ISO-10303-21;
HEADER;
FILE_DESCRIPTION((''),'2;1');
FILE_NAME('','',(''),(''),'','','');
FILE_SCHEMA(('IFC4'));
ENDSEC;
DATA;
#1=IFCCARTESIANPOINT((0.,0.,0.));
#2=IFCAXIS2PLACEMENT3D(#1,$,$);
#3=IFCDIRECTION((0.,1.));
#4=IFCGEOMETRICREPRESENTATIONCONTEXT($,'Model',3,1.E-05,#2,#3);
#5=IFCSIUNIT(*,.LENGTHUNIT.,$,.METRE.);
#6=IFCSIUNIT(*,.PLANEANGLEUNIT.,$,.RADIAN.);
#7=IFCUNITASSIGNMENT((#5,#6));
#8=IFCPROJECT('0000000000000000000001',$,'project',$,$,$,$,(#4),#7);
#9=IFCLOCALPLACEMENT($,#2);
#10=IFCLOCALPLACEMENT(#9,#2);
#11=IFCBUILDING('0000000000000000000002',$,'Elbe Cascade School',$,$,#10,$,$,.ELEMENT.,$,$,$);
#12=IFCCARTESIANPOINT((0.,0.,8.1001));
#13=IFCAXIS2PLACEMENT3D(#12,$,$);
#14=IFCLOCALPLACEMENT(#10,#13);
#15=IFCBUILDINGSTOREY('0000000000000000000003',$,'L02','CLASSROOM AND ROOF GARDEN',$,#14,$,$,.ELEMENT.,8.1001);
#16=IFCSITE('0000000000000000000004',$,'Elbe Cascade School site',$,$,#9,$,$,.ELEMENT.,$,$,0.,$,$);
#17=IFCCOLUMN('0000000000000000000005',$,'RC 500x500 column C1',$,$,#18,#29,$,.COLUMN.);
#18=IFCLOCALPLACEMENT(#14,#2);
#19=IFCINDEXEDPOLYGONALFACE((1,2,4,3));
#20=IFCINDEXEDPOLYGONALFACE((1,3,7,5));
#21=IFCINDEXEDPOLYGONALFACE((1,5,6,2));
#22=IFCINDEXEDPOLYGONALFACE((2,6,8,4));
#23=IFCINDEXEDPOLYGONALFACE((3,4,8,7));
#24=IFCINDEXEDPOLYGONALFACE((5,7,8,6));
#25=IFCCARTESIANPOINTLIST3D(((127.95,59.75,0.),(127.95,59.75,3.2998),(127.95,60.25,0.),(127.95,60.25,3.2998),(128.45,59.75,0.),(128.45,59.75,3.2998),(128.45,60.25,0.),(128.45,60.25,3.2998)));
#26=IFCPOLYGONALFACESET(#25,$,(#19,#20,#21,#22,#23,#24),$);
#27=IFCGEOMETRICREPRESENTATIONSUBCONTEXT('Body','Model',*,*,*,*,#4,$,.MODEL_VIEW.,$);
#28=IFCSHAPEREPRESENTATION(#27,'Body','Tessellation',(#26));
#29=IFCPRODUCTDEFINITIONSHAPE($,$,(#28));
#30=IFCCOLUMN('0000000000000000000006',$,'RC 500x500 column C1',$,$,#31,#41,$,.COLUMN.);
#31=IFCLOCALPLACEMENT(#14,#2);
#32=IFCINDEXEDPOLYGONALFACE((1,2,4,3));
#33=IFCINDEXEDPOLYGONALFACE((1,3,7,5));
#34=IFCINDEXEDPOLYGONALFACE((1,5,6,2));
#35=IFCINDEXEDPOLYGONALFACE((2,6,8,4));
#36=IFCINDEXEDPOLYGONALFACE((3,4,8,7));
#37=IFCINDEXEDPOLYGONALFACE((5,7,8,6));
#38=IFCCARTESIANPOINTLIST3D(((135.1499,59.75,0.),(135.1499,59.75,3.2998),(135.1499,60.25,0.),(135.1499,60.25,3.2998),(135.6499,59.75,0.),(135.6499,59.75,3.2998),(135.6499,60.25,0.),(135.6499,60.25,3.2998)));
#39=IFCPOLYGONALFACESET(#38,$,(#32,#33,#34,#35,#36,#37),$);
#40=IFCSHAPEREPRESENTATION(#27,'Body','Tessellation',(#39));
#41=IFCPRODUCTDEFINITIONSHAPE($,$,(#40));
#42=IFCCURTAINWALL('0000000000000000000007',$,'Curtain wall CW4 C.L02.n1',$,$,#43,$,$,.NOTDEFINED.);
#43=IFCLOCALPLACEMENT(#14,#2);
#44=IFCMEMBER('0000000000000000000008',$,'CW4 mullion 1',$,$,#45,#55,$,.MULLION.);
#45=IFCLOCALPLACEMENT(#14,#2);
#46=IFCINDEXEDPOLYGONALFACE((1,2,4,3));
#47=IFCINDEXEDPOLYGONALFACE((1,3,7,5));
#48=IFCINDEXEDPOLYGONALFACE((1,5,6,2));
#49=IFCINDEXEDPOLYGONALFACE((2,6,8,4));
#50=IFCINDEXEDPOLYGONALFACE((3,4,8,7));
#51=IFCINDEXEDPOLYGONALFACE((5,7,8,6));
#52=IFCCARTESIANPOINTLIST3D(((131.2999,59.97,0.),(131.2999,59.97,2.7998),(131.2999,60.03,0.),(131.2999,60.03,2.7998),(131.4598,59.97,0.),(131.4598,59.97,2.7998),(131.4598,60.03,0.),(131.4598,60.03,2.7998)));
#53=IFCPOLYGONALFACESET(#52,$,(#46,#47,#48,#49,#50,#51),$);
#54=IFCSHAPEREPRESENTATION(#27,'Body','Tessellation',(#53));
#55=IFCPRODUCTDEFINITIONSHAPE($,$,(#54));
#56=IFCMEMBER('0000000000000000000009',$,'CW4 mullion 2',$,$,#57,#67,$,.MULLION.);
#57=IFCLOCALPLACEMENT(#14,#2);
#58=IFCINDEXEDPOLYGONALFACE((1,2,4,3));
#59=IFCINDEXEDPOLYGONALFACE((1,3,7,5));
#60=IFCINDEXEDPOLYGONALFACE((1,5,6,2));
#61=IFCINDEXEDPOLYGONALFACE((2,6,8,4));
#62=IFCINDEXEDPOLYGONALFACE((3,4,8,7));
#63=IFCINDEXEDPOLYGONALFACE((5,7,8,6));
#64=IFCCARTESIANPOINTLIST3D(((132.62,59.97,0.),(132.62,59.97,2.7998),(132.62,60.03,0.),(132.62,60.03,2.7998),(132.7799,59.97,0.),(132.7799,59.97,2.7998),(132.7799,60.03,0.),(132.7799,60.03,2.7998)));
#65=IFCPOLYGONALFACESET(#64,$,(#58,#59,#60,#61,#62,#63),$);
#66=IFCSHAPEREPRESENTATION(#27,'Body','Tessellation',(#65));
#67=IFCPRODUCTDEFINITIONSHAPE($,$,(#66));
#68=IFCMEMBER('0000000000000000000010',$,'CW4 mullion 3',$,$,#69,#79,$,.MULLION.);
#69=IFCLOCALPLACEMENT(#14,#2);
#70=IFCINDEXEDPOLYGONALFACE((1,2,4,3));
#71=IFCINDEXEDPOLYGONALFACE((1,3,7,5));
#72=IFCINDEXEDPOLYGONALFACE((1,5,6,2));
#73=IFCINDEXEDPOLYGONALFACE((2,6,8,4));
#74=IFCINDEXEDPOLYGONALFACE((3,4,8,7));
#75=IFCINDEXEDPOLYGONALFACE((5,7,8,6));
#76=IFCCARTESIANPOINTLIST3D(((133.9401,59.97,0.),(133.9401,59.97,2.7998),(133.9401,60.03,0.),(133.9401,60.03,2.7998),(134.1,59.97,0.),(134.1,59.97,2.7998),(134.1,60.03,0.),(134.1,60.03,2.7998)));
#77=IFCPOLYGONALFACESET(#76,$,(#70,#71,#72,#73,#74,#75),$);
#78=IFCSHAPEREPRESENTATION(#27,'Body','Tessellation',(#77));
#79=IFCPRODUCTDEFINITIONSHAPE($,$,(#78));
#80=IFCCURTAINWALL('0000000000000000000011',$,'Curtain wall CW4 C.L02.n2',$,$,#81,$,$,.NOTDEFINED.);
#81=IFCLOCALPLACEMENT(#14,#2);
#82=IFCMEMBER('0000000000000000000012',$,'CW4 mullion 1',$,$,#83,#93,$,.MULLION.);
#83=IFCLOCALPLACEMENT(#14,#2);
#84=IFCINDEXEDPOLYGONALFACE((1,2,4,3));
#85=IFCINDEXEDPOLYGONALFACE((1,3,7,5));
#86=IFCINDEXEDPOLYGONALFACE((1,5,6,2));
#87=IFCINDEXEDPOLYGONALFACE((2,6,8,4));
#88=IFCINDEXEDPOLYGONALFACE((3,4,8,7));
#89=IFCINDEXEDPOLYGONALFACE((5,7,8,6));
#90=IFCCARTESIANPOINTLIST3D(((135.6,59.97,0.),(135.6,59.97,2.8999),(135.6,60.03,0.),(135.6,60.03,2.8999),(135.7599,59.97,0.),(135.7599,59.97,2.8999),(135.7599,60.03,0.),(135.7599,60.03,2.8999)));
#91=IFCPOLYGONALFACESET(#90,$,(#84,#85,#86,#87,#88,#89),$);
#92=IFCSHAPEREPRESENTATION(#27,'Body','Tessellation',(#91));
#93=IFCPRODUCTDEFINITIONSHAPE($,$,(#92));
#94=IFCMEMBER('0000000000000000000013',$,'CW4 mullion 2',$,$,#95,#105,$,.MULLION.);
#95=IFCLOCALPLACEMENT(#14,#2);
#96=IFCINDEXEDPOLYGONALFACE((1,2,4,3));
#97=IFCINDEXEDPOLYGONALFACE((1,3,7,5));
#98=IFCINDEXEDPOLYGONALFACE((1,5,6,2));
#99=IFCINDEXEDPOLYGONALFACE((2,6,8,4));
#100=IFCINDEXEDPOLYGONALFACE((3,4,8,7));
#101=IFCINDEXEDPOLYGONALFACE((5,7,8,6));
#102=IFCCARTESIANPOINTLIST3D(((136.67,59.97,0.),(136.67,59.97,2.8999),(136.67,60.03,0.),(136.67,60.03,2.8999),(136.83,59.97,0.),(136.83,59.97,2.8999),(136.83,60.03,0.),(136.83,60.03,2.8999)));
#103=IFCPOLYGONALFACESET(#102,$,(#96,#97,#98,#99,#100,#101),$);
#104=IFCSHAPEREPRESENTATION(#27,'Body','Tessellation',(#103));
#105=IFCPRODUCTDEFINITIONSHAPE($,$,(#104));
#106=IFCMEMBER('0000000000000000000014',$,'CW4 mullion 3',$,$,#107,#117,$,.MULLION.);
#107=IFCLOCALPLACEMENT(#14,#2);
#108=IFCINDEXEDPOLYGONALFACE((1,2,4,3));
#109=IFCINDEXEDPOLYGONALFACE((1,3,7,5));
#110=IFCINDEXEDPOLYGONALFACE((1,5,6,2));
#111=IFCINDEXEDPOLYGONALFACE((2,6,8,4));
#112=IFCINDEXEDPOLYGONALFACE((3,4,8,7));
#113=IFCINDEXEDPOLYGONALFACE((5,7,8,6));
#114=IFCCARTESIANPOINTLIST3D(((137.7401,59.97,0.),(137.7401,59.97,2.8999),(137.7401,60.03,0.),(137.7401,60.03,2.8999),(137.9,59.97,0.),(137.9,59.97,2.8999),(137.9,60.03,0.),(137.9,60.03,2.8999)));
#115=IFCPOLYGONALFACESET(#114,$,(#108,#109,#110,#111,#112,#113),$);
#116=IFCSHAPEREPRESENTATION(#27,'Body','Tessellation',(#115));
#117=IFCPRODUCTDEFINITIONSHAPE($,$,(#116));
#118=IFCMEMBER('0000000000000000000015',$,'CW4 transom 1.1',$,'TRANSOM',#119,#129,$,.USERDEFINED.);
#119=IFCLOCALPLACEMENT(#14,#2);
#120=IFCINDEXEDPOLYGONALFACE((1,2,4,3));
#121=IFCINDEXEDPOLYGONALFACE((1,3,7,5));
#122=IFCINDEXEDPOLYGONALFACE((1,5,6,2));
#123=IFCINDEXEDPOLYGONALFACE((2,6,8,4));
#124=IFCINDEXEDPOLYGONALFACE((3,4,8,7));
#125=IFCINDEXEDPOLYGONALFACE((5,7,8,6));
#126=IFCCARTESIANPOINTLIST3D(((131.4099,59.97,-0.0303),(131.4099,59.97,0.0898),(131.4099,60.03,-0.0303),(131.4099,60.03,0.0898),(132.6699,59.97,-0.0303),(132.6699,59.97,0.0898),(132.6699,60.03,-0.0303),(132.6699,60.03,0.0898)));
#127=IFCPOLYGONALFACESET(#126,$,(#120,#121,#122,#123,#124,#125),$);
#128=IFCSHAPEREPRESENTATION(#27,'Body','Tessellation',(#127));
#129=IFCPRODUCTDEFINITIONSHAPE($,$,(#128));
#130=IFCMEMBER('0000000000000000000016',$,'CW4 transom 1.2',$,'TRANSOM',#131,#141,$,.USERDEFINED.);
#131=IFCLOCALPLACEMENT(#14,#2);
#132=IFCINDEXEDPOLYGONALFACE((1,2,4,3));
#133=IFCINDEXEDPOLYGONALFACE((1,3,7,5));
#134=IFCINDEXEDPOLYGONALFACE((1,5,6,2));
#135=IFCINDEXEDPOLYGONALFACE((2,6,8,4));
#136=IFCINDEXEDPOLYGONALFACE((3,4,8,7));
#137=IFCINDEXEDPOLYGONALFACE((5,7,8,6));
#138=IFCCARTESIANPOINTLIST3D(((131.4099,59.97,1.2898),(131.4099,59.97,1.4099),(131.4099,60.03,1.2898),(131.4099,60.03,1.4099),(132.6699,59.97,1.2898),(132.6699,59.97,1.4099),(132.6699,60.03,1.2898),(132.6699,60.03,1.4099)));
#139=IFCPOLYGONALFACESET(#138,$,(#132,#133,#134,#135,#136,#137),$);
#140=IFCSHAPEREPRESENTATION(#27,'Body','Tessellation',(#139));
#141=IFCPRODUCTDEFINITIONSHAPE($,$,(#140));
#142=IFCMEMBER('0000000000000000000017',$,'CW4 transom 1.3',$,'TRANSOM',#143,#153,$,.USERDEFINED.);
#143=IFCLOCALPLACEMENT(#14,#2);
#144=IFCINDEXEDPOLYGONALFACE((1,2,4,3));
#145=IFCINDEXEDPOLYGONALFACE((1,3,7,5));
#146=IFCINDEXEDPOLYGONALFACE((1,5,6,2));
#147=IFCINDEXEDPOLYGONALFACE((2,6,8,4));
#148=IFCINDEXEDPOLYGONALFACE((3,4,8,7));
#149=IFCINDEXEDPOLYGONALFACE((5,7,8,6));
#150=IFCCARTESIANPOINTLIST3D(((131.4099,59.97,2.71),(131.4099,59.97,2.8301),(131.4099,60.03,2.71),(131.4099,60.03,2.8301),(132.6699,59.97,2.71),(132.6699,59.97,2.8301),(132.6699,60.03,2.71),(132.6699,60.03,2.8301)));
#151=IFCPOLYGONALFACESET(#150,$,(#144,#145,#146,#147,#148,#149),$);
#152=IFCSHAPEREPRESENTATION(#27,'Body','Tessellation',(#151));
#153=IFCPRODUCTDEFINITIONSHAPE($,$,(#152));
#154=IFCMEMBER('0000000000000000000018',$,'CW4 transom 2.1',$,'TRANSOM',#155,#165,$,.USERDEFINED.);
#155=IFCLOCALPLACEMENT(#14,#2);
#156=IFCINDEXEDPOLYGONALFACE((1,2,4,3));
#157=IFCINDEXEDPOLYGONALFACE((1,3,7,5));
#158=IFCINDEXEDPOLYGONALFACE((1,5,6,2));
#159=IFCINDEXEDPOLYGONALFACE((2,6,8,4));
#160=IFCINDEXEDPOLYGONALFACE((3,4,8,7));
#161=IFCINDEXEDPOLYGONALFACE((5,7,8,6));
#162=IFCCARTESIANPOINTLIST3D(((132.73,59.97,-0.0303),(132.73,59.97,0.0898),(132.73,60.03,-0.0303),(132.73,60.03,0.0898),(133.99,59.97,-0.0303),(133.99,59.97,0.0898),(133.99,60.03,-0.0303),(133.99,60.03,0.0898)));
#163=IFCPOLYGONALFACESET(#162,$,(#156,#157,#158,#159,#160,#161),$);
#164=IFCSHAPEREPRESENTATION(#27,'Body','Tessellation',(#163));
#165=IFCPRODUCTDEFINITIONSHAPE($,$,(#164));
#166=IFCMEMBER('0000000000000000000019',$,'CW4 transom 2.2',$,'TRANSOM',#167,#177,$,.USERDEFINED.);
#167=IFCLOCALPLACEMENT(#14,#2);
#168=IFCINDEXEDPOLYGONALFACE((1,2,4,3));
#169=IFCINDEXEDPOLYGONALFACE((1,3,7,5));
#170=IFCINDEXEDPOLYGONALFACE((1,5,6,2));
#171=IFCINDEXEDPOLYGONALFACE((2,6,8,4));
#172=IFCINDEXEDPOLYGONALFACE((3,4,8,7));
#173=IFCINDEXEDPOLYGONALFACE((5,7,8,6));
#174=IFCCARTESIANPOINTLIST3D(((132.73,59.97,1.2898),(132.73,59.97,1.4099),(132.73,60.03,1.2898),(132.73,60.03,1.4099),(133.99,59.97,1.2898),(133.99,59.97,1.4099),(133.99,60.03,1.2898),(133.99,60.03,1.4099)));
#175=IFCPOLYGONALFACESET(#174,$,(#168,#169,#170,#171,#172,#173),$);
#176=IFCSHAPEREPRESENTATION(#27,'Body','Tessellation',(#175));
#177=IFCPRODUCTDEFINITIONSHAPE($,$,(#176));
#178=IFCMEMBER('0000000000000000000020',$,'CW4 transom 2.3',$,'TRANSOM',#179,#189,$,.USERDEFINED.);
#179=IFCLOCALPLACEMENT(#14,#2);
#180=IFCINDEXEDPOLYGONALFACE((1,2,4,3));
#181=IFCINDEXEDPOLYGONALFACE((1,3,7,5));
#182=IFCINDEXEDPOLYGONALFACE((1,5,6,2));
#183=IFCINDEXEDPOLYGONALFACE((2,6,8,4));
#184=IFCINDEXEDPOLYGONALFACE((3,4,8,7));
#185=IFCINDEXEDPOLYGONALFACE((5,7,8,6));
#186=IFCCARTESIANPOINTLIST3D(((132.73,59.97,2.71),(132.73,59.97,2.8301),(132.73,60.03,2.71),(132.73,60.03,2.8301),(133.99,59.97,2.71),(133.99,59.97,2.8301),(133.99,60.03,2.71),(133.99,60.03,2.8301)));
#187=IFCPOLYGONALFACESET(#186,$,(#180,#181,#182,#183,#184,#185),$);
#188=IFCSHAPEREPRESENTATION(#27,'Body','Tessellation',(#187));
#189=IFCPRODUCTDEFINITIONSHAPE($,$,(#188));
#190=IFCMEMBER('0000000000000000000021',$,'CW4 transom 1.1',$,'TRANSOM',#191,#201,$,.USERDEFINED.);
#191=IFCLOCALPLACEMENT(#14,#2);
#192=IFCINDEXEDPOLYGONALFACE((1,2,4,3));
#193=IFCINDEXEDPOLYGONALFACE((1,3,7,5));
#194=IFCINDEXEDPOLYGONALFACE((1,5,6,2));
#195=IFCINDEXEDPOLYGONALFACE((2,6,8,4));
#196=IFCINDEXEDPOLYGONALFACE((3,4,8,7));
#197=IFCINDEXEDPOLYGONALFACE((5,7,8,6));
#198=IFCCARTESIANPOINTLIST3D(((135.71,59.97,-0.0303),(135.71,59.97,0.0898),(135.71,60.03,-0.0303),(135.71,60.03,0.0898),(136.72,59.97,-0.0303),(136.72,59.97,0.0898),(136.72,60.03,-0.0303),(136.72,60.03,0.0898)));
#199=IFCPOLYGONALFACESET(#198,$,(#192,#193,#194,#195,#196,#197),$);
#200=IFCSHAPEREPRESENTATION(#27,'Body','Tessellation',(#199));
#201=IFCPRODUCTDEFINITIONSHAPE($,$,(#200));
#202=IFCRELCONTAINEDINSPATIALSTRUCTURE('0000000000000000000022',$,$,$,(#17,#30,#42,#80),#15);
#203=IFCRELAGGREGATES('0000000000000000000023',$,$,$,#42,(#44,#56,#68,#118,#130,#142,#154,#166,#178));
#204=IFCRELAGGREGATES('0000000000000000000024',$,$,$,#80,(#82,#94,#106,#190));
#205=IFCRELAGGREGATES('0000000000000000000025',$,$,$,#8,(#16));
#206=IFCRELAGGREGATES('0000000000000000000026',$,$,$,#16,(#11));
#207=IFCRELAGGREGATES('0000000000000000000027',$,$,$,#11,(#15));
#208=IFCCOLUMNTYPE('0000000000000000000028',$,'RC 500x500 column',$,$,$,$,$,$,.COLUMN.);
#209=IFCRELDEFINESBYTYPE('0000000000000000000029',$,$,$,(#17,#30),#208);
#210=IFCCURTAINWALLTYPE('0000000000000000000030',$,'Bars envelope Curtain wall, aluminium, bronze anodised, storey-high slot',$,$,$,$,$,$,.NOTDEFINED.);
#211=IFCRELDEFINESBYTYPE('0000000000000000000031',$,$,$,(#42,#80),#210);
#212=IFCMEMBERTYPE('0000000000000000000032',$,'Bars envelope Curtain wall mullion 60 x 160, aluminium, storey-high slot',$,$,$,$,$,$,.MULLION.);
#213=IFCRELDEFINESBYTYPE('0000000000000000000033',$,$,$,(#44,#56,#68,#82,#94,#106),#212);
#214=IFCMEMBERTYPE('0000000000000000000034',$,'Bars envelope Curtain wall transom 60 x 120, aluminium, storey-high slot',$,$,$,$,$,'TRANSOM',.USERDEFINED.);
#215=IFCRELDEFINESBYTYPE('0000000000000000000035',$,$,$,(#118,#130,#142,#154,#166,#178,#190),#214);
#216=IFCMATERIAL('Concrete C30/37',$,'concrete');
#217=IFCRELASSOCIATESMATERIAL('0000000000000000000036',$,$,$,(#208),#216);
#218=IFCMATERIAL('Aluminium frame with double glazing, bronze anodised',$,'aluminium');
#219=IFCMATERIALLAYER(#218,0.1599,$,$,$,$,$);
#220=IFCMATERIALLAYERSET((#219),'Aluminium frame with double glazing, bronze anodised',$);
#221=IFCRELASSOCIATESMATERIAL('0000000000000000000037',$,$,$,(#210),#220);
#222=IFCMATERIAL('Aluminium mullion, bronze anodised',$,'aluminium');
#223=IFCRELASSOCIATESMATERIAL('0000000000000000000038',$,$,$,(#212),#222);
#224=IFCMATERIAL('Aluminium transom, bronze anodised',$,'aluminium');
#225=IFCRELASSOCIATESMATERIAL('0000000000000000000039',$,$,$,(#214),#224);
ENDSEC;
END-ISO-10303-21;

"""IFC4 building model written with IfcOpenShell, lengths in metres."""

from ifc_helpers import new_model, si_unit, direction, frame, origin, origin_2d, place, context, subcontext, project, spatial, rectangle, extrude, material, layer, layer_set, material_profile, profile_set, type_object, element, aggregate, save


model = new_model("IFC4")

# Units and contexts
model_context = context("Model", 3, precision=1e-05, world=origin(), true_north=direction((0.0, 1.0)))
body_context = subcontext(model_context, "Body", "Model", "MODEL_VIEW")
ifc_project = project(units=[si_unit("LENGTHUNIT", "METRE"), si_unit("PLANEANGLEUNIT", "RADIAN")], contexts=[model_context])

# Site, building, storey
site_placement = place(None, origin())
site = spatial("IfcSite", under=ifc_project, at=site_placement, Name="Elbe Cascade School site", CompositionType="ELEMENT", RefElevation=0.0)
building_placement = place(site_placement, origin())
building = spatial("IfcBuilding", under=site, at=building_placement, Name="Elbe Cascade School", CompositionType="ELEMENT")
storey_placement = place(building_placement, frame((0.0, 0.0, 8.1001)))
storey = spatial("IfcBuildingStorey", under=building, at=storey_placement, Name="L02", Description="CLASSROOM AND ROOF GARDEN", CompositionType="ELEMENT", Elevation=8.1001)

# Columns
ifc_material_1 = material(Name="Concrete C30/37", Category="concrete")
ifc_material_profile_1 = material_profile(ifc_material_1, rectangle(XDim=0.5, YDim=0.5, at=origin_2d()), Name="RC 500x500")
ifc_profile_set_1 = profile_set([ifc_material_profile_1], Name="Concrete C30/37")
column_type = type_object("IfcColumnType", Name="RC 500x500 column", PredefinedType="COLUMN", material=ifc_profile_set_1)
for number, where, z_axis, x_axis, name in (
    (1, (128.2, 60.0, 0.0), (0.0, 0.0, 1.0), (1.0, 0.0, 0.0), "RC 500x500 column C1"),
    (2, (135.3999, 60.0, 0.0), (0.0, 0.0, 1.0), (1.0, 0.0, 0.0), "RC 500x500 column C1"),
):
    element("IfcColumn", number, at=place(storey_placement, frame(where, z_axis=z_axis, x_axis=x_axis)), inside=storey, type_object=column_type, Name=name, PredefinedType="COLUMN", context=body_context, shape_type="SweptSolid", body=[
        extrude(rectangle(XDim=0.5, YDim=0.5, at=origin_2d()), origin(), (0.0, 0.0, 1.0), 3.2998),
    ])

# Curtain walls, members
ifc_material_2 = material(Name="Aluminium frame with double glazing, bronze anodised", Category="aluminium")
ifc_layer_1 = layer(ifc_material_2, 0.1599)
ifc_layer_set_1 = layer_set([ifc_layer_1], Name="Aluminium frame with double glazing, bronze anodised")
curtain_wall_type = type_object("IfcCurtainWallType", Name="Bars envelope Curtain wall, aluminium, bronze anodised, storey-high slot", PredefinedType="NOTDEFINED", material=ifc_layer_set_1)
curtain_wall_1_placement = place(storey_placement, origin())
curtain_wall_1 = element("IfcCurtainWall", 3, at=curtain_wall_1_placement, inside=storey, type_object=curtain_wall_type, Name="Curtain wall CW4 C.L02.n1", PredefinedType="NOTDEFINED")
ifc_material_3 = material(Name="Aluminium mullion, bronze anodised", Category="aluminium")
ifc_material_profile_2 = material_profile(ifc_material_3, rectangle(XDim=0.0601, YDim=0.1599, at=origin_2d()), Name="Bars envelope Curtain wall mullion 60 x 160, aluminium, storey-high slot")
ifc_profile_set_2 = profile_set([ifc_material_profile_2], Name="Aluminium mullion, bronze anodised")
member_type_1 = type_object("IfcMemberType", Name="Bars envelope Curtain wall mullion 60 x 160, aluminium, storey-high slot", PredefinedType="MULLION", material=ifc_profile_set_2)
member_1_placement = place(storey_placement, frame((131.3799, 60.0, 0.0), z_axis=(0.0, 0.0, 1.0), x_axis=(0.0, 1.0, 0.0)))
member_1 = element("IfcMember", 4, at=member_1_placement, type_object=member_type_1, Name="CW4 mullion 1", PredefinedType="MULLION", context=body_context, shape_type="SweptSolid", body=[
    extrude(rectangle(XDim=0.0601, YDim=0.1599, at=origin_2d()), origin(), (0.0, 0.0, 1.0), 2.7998),
])
member_2_placement = place(storey_placement, frame((132.7, 60.0, 0.0), z_axis=(0.0, 0.0, 1.0), x_axis=(0.0, 1.0, 0.0)))
member_2 = element("IfcMember", 5, at=member_2_placement, type_object=member_type_1, Name="CW4 mullion 2", PredefinedType="MULLION", context=body_context, shape_type="SweptSolid", body=[
    extrude(rectangle(XDim=0.0601, YDim=0.1599, at=origin_2d()), origin(), (0.0, 0.0, 1.0), 2.7998),
])
member_3_placement = place(storey_placement, frame((134.02, 60.0, 0.0), z_axis=(0.0, 0.0, 1.0), x_axis=(0.0, 1.0, 0.0)))
member_3 = element("IfcMember", 6, at=member_3_placement, type_object=member_type_1, Name="CW4 mullion 3", PredefinedType="MULLION", context=body_context, shape_type="SweptSolid", body=[
    extrude(rectangle(XDim=0.0601, YDim=0.1599, at=origin_2d()), origin(), (0.0, 0.0, 1.0), 2.7998),
])
curtain_wall_2_placement = place(storey_placement, origin())
curtain_wall_2 = element("IfcCurtainWall", 7, at=curtain_wall_2_placement, inside=storey, type_object=curtain_wall_type, Name="Curtain wall CW4 C.L02.n2", PredefinedType="NOTDEFINED")
member_4_placement = place(storey_placement, frame((135.6799, 60.0, 0.0), z_axis=(0.0, 0.0, 1.0), x_axis=(0.0, 1.0, 0.0)))
member_4 = element("IfcMember", 8, at=member_4_placement, type_object=member_type_1, Name="CW4 mullion 1", PredefinedType="MULLION", context=body_context, shape_type="SweptSolid", body=[
    extrude(rectangle(XDim=0.0601, YDim=0.1599, at=origin_2d()), origin(), (0.0, 0.0, 1.0), 2.8999),
])
member_5_placement = place(storey_placement, frame((136.75, 60.0, 0.0), z_axis=(0.0, 0.0, 1.0), x_axis=(0.0, 1.0, 0.0)))
member_5 = element("IfcMember", 9, at=member_5_placement, type_object=member_type_1, Name="CW4 mullion 2", PredefinedType="MULLION", context=body_context, shape_type="SweptSolid", body=[
    extrude(rectangle(XDim=0.0601, YDim=0.1599, at=origin_2d()), origin(), (0.0, 0.0, 1.0), 2.8999),
])
member_6_placement = place(storey_placement, frame((137.8201, 60.0, 0.0), z_axis=(0.0, 0.0, 1.0), x_axis=(0.0, 1.0, 0.0)))
member_6 = element("IfcMember", 10, at=member_6_placement, type_object=member_type_1, Name="CW4 mullion 3", PredefinedType="MULLION", context=body_context, shape_type="SweptSolid", body=[
    extrude(rectangle(XDim=0.0601, YDim=0.1599, at=origin_2d()), origin(), (0.0, 0.0, 1.0), 2.8999),
])

# Members
ifc_material_4 = material(Name="Aluminium transom, bronze anodised", Category="aluminium")
ifc_material_profile_3 = material_profile(ifc_material_4, rectangle(XDim=0.0601, YDim=0.1201, at=origin_2d()), Name="Bars envelope Curtain wall transom 60 x 120, aluminium, storey-high slot")
ifc_profile_set_3 = profile_set([ifc_material_profile_3], Name="Aluminium transom, bronze anodised")
member_type_2 = type_object("IfcMemberType", Name="Bars envelope Curtain wall transom 60 x 120, aluminium, storey-high slot", ElementType="TRANSOM", PredefinedType="USERDEFINED", material=ifc_profile_set_3)
member_7_placement = place(storey_placement, frame((131.4099, 60.0, 0.0298), z_axis=(1.0, 0.0, 0.0), x_axis=(0.0, 1.0, 0.0)))
member_7 = element("IfcMember", 11, at=member_7_placement, type_object=member_type_2, Name="CW4 transom 1.1", ObjectType="TRANSOM", PredefinedType="USERDEFINED", context=body_context, shape_type="SweptSolid", body=[
    extrude(rectangle(XDim=0.0601, YDim=0.1201, at=origin_2d()), origin(), (0.0, 0.0, 1.0), 1.26),
])
member_8_placement = place(storey_placement, frame((131.4099, 60.0, 1.3499), z_axis=(1.0, 0.0, 0.0), x_axis=(0.0, 1.0, 0.0)))
member_8 = element("IfcMember", 12, at=member_8_placement, type_object=member_type_2, Name="CW4 transom 1.2", ObjectType="TRANSOM", PredefinedType="USERDEFINED", context=body_context, shape_type="SweptSolid", body=[
    extrude(rectangle(XDim=0.0601, YDim=0.1201, at=origin_2d()), origin(), (0.0, 0.0, 1.0), 1.26),
])
member_9_placement = place(storey_placement, frame((131.4099, 60.0, 2.77), z_axis=(1.0, 0.0, 0.0), x_axis=(0.0, 1.0, 0.0)))
member_9 = element("IfcMember", 13, at=member_9_placement, type_object=member_type_2, Name="CW4 transom 1.3", ObjectType="TRANSOM", PredefinedType="USERDEFINED", context=body_context, shape_type="SweptSolid", body=[
    extrude(rectangle(XDim=0.0601, YDim=0.1201, at=origin_2d()), origin(), (0.0, 0.0, 1.0), 1.26),
])
member_10_placement = place(storey_placement, frame((132.73, 60.0, 0.0298), z_axis=(1.0, 0.0, 0.0), x_axis=(0.0, 1.0, 0.0)))
member_10 = element("IfcMember", 14, at=member_10_placement, type_object=member_type_2, Name="CW4 transom 2.1", ObjectType="TRANSOM", PredefinedType="USERDEFINED", context=body_context, shape_type="SweptSolid", body=[
    extrude(rectangle(XDim=0.0601, YDim=0.1201, at=origin_2d()), origin(), (0.0, 0.0, 1.0), 1.26),
])
member_11_placement = place(storey_placement, frame((132.73, 60.0, 1.3499), z_axis=(1.0, 0.0, 0.0), x_axis=(0.0, 1.0, 0.0)))
member_11 = element("IfcMember", 15, at=member_11_placement, type_object=member_type_2, Name="CW4 transom 2.2", ObjectType="TRANSOM", PredefinedType="USERDEFINED", context=body_context, shape_type="SweptSolid", body=[
    extrude(rectangle(XDim=0.0601, YDim=0.1201, at=origin_2d()), origin(), (0.0, 0.0, 1.0), 1.26),
])
member_12_placement = place(storey_placement, frame((132.73, 60.0, 2.77), z_axis=(1.0, 0.0, 0.0), x_axis=(0.0, 1.0, 0.0)))
member_12 = element("IfcMember", 16, at=member_12_placement, type_object=member_type_2, Name="CW4 transom 2.3", ObjectType="TRANSOM", PredefinedType="USERDEFINED", context=body_context, shape_type="SweptSolid", body=[
    extrude(rectangle(XDim=0.0601, YDim=0.1201, at=origin_2d()), origin(), (0.0, 0.0, 1.0), 1.26),
])
member_13_placement = place(storey_placement, frame((135.71, 60.0, 0.0298), z_axis=(1.0, 0.0, 0.0), x_axis=(0.0, 1.0, 0.0)))
member_13 = element("IfcMember", 17, at=member_13_placement, type_object=member_type_2, Name="CW4 transom 1.1", ObjectType="TRANSOM", PredefinedType="USERDEFINED", context=body_context, shape_type="SweptSolid", body=[
    extrude(rectangle(XDim=0.0601, YDim=0.1201, at=origin_2d()), origin(), (0.0, 0.0, 1.0), 1.01),
])

aggregate(curtain_wall_1, [member_1, member_2, member_3, member_7, member_8, member_9, member_10, member_11, member_12])
aggregate(curtain_wall_2, [member_4, member_5, member_6, member_13])

save(model, "model.ifc")
